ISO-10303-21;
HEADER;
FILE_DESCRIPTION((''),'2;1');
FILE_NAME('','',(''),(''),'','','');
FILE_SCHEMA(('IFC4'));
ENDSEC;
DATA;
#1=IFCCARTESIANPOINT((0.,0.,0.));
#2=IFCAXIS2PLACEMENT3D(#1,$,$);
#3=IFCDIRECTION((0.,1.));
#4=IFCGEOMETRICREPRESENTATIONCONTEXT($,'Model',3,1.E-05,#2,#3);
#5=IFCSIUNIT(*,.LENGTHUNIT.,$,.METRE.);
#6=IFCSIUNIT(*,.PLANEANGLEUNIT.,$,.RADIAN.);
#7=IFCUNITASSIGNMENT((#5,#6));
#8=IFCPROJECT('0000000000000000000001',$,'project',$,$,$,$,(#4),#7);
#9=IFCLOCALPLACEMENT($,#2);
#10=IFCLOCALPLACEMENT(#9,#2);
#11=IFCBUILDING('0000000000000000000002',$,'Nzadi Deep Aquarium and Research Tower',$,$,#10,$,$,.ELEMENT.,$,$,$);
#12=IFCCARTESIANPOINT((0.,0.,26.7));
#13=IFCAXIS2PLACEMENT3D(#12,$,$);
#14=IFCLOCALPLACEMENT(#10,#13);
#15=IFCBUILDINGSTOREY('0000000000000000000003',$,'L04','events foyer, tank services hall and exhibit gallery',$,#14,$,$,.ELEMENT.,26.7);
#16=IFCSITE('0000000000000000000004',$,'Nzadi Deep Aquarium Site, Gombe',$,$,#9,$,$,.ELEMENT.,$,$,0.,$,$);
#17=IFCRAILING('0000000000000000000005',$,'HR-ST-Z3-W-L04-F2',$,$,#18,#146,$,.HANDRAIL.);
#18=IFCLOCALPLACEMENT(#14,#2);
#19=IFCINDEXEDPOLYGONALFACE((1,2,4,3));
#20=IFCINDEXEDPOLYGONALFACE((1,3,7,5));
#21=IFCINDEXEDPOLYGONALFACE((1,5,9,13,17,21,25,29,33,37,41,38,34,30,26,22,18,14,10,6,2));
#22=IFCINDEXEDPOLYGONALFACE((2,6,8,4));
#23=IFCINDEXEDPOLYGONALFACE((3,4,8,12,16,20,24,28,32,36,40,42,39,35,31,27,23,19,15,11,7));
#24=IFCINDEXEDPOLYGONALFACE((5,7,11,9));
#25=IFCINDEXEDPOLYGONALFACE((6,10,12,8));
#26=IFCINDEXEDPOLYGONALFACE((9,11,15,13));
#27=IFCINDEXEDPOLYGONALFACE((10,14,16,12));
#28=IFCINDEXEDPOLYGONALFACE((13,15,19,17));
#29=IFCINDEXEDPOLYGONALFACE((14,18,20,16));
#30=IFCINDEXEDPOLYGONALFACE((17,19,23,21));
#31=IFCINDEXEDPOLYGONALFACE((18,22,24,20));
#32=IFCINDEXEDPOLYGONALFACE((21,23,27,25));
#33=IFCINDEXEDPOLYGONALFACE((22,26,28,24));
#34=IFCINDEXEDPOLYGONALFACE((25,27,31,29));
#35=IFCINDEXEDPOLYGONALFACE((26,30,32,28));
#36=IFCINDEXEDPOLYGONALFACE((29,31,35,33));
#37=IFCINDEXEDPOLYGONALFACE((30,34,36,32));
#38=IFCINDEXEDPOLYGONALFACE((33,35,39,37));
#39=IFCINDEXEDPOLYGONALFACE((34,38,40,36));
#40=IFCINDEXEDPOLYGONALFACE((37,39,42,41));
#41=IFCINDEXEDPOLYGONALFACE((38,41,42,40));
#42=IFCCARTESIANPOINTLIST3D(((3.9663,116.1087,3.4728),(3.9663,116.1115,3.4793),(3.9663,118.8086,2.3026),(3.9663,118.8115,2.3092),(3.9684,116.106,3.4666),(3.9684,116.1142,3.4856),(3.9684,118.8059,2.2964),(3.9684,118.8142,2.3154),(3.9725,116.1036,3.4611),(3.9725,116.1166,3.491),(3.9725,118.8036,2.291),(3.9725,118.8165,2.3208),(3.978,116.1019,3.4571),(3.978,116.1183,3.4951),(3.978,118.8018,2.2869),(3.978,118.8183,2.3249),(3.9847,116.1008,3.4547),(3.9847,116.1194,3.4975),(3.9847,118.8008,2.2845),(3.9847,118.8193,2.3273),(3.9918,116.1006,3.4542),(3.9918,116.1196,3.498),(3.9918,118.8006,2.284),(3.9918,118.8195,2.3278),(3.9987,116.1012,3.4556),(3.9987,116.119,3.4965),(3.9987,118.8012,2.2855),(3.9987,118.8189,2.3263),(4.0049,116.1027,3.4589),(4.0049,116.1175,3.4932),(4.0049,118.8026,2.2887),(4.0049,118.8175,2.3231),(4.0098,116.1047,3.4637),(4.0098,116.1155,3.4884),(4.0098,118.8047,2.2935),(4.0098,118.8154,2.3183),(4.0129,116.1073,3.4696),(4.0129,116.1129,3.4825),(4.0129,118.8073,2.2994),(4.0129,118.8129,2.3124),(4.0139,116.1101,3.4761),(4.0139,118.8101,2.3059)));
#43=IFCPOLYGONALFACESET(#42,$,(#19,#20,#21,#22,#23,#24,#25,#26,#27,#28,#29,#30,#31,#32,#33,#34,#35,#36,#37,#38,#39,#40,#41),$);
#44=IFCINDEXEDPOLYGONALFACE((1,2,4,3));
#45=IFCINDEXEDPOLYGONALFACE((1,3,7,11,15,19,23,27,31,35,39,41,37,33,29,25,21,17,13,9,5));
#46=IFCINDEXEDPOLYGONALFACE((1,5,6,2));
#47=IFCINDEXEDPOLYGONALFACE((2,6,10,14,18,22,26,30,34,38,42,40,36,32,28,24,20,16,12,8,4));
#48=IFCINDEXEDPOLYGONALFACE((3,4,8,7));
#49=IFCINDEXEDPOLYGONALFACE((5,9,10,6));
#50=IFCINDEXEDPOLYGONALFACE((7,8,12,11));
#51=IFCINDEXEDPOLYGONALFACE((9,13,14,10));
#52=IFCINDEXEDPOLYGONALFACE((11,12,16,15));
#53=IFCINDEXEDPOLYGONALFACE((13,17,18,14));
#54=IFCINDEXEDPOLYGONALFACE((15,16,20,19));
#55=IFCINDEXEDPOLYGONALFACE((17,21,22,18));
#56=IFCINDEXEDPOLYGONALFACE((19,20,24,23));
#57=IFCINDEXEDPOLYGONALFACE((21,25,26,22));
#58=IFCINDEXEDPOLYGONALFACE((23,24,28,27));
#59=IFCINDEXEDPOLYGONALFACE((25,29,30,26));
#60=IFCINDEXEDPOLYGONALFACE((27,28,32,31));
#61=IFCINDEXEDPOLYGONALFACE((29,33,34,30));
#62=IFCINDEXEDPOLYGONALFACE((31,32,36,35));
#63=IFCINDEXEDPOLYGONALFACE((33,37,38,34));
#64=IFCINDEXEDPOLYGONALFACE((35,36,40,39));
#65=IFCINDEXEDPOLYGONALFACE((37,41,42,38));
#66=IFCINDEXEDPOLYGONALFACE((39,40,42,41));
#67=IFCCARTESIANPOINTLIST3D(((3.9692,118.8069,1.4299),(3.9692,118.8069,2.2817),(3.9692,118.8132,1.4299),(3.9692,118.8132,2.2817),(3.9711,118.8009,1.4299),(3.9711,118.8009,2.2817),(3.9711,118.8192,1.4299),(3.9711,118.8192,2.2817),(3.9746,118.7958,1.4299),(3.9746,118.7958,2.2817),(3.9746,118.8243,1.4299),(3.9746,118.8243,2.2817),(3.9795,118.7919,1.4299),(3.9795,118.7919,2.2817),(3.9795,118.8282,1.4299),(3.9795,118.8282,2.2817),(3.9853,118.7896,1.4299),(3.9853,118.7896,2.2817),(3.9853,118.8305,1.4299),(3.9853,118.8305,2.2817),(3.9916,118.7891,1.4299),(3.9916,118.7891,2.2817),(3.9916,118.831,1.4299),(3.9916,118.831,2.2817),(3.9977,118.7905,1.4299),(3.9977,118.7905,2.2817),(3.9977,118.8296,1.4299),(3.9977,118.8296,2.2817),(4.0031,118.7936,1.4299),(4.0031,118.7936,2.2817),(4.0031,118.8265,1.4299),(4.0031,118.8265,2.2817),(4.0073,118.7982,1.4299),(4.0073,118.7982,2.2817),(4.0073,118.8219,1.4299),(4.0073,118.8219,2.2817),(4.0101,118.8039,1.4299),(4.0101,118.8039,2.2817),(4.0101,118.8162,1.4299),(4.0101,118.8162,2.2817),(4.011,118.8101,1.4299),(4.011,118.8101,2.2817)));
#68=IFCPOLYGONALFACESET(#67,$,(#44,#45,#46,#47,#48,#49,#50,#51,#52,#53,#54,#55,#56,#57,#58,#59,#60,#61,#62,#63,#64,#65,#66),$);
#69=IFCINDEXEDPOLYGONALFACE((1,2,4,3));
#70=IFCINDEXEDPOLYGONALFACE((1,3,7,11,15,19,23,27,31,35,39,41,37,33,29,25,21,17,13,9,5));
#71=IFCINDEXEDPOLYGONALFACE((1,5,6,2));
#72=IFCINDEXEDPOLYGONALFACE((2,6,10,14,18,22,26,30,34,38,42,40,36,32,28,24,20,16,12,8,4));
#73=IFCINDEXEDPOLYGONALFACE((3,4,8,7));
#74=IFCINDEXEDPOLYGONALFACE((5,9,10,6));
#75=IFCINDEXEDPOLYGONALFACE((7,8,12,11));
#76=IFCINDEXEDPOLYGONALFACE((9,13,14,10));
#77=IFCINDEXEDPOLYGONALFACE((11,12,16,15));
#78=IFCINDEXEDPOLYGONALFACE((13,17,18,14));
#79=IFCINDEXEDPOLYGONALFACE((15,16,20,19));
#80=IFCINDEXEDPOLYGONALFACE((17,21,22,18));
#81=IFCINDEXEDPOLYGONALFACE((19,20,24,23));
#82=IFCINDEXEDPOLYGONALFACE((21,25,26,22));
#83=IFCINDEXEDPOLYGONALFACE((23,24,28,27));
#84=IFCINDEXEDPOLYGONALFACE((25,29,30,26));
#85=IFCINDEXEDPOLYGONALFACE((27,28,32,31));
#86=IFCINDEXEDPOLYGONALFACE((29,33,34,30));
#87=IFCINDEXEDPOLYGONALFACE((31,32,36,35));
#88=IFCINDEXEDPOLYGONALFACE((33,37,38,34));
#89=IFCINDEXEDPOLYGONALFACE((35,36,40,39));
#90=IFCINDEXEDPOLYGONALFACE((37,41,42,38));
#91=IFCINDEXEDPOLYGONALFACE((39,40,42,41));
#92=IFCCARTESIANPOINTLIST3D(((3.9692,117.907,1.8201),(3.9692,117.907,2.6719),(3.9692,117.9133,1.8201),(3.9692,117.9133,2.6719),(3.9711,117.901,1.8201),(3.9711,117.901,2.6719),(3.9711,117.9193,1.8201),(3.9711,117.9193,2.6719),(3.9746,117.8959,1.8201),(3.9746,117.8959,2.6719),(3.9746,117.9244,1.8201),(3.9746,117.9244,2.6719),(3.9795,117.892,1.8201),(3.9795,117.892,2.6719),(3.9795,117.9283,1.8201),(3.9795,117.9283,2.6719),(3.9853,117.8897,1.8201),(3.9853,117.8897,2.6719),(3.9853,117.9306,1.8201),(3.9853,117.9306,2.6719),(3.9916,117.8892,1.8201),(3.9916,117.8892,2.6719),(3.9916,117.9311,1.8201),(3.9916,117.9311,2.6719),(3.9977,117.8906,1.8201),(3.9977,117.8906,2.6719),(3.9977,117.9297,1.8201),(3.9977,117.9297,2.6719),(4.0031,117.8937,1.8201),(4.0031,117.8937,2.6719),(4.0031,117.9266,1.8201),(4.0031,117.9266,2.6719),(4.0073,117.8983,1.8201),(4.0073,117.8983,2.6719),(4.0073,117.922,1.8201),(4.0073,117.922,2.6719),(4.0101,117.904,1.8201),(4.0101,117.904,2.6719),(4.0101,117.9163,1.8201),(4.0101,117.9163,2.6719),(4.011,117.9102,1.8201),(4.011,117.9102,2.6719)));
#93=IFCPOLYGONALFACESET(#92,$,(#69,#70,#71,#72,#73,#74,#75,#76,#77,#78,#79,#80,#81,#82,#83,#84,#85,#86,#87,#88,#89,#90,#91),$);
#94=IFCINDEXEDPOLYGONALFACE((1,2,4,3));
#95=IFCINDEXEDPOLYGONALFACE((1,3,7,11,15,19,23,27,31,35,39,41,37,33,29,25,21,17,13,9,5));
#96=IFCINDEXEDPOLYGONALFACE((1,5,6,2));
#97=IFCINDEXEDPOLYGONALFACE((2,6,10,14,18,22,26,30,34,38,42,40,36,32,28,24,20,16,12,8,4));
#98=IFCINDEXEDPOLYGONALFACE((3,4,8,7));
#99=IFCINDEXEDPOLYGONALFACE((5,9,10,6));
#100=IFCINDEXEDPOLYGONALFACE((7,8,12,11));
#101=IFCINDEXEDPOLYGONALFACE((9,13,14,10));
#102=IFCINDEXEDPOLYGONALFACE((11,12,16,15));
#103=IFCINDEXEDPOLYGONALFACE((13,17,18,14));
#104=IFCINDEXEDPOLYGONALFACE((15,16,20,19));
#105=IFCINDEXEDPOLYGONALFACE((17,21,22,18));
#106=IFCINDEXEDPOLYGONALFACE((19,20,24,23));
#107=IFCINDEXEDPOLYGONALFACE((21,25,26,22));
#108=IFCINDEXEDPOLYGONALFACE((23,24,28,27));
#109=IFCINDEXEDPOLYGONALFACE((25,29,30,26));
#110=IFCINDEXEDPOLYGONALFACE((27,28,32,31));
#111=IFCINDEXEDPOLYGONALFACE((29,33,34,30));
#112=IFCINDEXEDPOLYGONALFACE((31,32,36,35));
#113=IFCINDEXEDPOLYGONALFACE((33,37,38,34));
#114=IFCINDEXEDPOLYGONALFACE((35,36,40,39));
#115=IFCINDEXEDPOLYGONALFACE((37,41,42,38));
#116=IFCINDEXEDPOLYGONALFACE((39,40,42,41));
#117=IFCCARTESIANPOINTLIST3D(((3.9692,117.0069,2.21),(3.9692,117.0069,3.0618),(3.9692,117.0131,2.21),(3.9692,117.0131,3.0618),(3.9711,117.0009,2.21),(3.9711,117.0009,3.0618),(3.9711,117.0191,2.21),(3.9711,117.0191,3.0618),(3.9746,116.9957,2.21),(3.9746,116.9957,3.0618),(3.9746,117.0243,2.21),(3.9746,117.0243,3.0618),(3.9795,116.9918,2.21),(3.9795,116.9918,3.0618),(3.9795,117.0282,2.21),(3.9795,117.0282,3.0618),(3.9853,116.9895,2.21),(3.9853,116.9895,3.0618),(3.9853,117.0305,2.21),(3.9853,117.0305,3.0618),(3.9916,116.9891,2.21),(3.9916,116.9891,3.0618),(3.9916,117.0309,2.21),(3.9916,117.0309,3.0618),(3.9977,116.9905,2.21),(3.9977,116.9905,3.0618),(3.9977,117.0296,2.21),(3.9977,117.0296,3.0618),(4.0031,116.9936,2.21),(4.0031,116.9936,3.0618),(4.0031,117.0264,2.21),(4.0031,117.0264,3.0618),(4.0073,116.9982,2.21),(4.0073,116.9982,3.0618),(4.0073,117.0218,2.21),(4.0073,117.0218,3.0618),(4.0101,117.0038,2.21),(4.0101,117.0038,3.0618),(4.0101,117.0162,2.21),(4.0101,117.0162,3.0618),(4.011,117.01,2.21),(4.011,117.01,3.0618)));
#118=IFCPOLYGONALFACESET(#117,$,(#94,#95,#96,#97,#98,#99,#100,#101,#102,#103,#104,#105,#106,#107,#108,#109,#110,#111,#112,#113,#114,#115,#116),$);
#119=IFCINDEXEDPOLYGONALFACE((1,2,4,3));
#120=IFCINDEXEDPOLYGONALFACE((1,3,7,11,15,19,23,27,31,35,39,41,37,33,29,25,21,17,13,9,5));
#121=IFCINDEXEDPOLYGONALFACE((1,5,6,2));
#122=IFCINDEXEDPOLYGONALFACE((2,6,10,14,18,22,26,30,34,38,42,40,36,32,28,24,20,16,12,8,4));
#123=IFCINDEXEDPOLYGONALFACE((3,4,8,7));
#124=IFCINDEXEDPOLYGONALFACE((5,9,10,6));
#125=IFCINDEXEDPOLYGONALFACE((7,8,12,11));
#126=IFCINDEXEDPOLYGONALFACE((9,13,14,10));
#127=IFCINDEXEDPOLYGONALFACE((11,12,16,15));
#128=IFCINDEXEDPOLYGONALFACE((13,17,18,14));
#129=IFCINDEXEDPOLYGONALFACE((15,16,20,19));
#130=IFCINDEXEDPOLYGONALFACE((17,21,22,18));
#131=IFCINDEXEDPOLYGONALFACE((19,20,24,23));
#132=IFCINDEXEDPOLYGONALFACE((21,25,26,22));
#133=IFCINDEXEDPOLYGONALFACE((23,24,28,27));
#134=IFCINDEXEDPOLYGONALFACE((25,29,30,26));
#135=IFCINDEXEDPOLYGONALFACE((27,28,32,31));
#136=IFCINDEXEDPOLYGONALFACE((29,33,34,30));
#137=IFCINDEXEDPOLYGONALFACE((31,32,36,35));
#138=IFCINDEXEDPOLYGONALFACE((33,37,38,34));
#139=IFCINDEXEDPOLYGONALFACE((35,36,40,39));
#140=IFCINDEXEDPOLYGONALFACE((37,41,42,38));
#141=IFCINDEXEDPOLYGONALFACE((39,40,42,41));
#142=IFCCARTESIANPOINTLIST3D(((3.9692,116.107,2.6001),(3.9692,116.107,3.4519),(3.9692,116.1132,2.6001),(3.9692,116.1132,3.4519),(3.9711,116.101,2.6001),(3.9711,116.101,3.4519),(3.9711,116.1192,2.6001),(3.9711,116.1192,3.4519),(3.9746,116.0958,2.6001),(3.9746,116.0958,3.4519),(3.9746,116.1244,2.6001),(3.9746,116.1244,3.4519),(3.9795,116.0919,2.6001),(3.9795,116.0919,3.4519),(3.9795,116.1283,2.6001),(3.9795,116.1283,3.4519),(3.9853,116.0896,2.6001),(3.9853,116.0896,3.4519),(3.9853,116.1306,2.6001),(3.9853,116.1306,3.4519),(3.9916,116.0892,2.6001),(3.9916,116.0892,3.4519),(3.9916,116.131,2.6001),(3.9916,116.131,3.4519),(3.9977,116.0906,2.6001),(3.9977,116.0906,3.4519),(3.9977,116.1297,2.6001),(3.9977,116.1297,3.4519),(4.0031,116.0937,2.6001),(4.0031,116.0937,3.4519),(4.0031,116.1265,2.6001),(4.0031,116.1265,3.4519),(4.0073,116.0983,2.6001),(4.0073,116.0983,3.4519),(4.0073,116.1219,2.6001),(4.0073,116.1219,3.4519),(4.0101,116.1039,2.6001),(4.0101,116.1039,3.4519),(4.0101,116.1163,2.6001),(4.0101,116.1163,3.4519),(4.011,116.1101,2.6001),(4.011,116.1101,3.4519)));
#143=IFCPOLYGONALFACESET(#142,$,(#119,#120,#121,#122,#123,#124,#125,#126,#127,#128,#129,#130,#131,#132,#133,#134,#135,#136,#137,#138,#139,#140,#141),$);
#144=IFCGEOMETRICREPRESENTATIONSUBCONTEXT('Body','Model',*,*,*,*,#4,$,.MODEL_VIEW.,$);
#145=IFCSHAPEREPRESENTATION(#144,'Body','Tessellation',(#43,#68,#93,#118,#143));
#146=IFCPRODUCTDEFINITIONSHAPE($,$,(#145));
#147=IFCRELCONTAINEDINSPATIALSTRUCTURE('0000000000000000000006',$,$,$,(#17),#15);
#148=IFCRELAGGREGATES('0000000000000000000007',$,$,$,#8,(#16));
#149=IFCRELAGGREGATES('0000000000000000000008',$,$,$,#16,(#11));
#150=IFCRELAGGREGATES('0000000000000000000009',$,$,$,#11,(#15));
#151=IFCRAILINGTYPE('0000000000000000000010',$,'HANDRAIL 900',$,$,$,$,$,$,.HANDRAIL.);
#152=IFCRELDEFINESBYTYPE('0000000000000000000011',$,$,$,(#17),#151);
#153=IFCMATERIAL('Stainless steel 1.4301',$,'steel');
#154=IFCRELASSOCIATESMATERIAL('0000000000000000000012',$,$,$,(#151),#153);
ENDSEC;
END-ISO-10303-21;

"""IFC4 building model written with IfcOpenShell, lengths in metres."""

from ifc_helpers import new_model, si_unit, direction, frame, origin, origin_2d, place, context, subcontext, project, spatial, circle, extrude, material, type_object, element, save


model = new_model("IFC4")

# Units and contexts
model_context = context("Model", 3, precision=1e-05, world=origin(), true_north=direction((0.0, 1.0)))
body_context = subcontext(model_context, "Body", "Model", "MODEL_VIEW")
ifc_project = project(units=[si_unit("LENGTHUNIT", "METRE"), si_unit("PLANEANGLEUNIT", "RADIAN")], contexts=[model_context])

# Site, building, storey
site_placement = place(None, origin())
site = spatial("IfcSite", under=ifc_project, at=site_placement, Name="Nzadi Deep Aquarium Site, Gombe", CompositionType="ELEMENT", RefElevation=0.0)
building_placement = place(site_placement, origin())
building = spatial("IfcBuilding", under=site, at=building_placement, Name="Nzadi Deep Aquarium and Research Tower", CompositionType="ELEMENT")
storey_placement = place(building_placement, frame((0.0, 0.0, 26.7)))
storey = spatial("IfcBuildingStorey", under=building, at=storey_placement, Name="L04", Description="events foyer, tank services hall and exhibit gallery", CompositionType="ELEMENT", Elevation=26.7)

# Railing
ifc_material_1 = material(Name="Stainless steel 1.4301", Category="steel")
railing_type = type_object("IfcRailingType", Name="HANDRAIL 900", PredefinedType="HANDRAIL", material=ifc_material_1)
railing_placement = place(storey_placement, frame((3.99, 118.8101, 1.4299)))
element("IfcRailing", 1, at=railing_placement, inside=storey, type_object=railing_type, Name="HR-ST-Z3-W-L04-F2", PredefinedType="HANDRAIL", context=body_context, shape_type="SweptSolid", body=[
    extrude(circle(Radius=0.0239, at=origin_2d()), frame((0.0, 0.0, 0.876), z_axis=(0.0, -0.917532, 0.397661), x_axis=(1.0, 0.0, 0.0)), (0.0, 0.0, 1.0), 2.9426),
    extrude(circle(Radius=0.021, at=origin_2d()), origin(), (0.0, 0.0, 1.0), 0.8518),
    extrude(circle(Radius=0.021, at=origin_2d()), frame((0.0, -0.8999, 0.3901)), (0.0, 0.0, 1.0), 0.8518),
    extrude(circle(Radius=0.021, at=origin_2d()), frame((0.0, -1.8, 0.78)), (0.0, 0.0, 1.0), 0.8518),
    extrude(circle(Radius=0.021, at=origin_2d()), frame((0.0, -2.7, 1.1702)), (0.0, 0.0, 1.0), 0.8518),
])

save(model, "model.ifc")
